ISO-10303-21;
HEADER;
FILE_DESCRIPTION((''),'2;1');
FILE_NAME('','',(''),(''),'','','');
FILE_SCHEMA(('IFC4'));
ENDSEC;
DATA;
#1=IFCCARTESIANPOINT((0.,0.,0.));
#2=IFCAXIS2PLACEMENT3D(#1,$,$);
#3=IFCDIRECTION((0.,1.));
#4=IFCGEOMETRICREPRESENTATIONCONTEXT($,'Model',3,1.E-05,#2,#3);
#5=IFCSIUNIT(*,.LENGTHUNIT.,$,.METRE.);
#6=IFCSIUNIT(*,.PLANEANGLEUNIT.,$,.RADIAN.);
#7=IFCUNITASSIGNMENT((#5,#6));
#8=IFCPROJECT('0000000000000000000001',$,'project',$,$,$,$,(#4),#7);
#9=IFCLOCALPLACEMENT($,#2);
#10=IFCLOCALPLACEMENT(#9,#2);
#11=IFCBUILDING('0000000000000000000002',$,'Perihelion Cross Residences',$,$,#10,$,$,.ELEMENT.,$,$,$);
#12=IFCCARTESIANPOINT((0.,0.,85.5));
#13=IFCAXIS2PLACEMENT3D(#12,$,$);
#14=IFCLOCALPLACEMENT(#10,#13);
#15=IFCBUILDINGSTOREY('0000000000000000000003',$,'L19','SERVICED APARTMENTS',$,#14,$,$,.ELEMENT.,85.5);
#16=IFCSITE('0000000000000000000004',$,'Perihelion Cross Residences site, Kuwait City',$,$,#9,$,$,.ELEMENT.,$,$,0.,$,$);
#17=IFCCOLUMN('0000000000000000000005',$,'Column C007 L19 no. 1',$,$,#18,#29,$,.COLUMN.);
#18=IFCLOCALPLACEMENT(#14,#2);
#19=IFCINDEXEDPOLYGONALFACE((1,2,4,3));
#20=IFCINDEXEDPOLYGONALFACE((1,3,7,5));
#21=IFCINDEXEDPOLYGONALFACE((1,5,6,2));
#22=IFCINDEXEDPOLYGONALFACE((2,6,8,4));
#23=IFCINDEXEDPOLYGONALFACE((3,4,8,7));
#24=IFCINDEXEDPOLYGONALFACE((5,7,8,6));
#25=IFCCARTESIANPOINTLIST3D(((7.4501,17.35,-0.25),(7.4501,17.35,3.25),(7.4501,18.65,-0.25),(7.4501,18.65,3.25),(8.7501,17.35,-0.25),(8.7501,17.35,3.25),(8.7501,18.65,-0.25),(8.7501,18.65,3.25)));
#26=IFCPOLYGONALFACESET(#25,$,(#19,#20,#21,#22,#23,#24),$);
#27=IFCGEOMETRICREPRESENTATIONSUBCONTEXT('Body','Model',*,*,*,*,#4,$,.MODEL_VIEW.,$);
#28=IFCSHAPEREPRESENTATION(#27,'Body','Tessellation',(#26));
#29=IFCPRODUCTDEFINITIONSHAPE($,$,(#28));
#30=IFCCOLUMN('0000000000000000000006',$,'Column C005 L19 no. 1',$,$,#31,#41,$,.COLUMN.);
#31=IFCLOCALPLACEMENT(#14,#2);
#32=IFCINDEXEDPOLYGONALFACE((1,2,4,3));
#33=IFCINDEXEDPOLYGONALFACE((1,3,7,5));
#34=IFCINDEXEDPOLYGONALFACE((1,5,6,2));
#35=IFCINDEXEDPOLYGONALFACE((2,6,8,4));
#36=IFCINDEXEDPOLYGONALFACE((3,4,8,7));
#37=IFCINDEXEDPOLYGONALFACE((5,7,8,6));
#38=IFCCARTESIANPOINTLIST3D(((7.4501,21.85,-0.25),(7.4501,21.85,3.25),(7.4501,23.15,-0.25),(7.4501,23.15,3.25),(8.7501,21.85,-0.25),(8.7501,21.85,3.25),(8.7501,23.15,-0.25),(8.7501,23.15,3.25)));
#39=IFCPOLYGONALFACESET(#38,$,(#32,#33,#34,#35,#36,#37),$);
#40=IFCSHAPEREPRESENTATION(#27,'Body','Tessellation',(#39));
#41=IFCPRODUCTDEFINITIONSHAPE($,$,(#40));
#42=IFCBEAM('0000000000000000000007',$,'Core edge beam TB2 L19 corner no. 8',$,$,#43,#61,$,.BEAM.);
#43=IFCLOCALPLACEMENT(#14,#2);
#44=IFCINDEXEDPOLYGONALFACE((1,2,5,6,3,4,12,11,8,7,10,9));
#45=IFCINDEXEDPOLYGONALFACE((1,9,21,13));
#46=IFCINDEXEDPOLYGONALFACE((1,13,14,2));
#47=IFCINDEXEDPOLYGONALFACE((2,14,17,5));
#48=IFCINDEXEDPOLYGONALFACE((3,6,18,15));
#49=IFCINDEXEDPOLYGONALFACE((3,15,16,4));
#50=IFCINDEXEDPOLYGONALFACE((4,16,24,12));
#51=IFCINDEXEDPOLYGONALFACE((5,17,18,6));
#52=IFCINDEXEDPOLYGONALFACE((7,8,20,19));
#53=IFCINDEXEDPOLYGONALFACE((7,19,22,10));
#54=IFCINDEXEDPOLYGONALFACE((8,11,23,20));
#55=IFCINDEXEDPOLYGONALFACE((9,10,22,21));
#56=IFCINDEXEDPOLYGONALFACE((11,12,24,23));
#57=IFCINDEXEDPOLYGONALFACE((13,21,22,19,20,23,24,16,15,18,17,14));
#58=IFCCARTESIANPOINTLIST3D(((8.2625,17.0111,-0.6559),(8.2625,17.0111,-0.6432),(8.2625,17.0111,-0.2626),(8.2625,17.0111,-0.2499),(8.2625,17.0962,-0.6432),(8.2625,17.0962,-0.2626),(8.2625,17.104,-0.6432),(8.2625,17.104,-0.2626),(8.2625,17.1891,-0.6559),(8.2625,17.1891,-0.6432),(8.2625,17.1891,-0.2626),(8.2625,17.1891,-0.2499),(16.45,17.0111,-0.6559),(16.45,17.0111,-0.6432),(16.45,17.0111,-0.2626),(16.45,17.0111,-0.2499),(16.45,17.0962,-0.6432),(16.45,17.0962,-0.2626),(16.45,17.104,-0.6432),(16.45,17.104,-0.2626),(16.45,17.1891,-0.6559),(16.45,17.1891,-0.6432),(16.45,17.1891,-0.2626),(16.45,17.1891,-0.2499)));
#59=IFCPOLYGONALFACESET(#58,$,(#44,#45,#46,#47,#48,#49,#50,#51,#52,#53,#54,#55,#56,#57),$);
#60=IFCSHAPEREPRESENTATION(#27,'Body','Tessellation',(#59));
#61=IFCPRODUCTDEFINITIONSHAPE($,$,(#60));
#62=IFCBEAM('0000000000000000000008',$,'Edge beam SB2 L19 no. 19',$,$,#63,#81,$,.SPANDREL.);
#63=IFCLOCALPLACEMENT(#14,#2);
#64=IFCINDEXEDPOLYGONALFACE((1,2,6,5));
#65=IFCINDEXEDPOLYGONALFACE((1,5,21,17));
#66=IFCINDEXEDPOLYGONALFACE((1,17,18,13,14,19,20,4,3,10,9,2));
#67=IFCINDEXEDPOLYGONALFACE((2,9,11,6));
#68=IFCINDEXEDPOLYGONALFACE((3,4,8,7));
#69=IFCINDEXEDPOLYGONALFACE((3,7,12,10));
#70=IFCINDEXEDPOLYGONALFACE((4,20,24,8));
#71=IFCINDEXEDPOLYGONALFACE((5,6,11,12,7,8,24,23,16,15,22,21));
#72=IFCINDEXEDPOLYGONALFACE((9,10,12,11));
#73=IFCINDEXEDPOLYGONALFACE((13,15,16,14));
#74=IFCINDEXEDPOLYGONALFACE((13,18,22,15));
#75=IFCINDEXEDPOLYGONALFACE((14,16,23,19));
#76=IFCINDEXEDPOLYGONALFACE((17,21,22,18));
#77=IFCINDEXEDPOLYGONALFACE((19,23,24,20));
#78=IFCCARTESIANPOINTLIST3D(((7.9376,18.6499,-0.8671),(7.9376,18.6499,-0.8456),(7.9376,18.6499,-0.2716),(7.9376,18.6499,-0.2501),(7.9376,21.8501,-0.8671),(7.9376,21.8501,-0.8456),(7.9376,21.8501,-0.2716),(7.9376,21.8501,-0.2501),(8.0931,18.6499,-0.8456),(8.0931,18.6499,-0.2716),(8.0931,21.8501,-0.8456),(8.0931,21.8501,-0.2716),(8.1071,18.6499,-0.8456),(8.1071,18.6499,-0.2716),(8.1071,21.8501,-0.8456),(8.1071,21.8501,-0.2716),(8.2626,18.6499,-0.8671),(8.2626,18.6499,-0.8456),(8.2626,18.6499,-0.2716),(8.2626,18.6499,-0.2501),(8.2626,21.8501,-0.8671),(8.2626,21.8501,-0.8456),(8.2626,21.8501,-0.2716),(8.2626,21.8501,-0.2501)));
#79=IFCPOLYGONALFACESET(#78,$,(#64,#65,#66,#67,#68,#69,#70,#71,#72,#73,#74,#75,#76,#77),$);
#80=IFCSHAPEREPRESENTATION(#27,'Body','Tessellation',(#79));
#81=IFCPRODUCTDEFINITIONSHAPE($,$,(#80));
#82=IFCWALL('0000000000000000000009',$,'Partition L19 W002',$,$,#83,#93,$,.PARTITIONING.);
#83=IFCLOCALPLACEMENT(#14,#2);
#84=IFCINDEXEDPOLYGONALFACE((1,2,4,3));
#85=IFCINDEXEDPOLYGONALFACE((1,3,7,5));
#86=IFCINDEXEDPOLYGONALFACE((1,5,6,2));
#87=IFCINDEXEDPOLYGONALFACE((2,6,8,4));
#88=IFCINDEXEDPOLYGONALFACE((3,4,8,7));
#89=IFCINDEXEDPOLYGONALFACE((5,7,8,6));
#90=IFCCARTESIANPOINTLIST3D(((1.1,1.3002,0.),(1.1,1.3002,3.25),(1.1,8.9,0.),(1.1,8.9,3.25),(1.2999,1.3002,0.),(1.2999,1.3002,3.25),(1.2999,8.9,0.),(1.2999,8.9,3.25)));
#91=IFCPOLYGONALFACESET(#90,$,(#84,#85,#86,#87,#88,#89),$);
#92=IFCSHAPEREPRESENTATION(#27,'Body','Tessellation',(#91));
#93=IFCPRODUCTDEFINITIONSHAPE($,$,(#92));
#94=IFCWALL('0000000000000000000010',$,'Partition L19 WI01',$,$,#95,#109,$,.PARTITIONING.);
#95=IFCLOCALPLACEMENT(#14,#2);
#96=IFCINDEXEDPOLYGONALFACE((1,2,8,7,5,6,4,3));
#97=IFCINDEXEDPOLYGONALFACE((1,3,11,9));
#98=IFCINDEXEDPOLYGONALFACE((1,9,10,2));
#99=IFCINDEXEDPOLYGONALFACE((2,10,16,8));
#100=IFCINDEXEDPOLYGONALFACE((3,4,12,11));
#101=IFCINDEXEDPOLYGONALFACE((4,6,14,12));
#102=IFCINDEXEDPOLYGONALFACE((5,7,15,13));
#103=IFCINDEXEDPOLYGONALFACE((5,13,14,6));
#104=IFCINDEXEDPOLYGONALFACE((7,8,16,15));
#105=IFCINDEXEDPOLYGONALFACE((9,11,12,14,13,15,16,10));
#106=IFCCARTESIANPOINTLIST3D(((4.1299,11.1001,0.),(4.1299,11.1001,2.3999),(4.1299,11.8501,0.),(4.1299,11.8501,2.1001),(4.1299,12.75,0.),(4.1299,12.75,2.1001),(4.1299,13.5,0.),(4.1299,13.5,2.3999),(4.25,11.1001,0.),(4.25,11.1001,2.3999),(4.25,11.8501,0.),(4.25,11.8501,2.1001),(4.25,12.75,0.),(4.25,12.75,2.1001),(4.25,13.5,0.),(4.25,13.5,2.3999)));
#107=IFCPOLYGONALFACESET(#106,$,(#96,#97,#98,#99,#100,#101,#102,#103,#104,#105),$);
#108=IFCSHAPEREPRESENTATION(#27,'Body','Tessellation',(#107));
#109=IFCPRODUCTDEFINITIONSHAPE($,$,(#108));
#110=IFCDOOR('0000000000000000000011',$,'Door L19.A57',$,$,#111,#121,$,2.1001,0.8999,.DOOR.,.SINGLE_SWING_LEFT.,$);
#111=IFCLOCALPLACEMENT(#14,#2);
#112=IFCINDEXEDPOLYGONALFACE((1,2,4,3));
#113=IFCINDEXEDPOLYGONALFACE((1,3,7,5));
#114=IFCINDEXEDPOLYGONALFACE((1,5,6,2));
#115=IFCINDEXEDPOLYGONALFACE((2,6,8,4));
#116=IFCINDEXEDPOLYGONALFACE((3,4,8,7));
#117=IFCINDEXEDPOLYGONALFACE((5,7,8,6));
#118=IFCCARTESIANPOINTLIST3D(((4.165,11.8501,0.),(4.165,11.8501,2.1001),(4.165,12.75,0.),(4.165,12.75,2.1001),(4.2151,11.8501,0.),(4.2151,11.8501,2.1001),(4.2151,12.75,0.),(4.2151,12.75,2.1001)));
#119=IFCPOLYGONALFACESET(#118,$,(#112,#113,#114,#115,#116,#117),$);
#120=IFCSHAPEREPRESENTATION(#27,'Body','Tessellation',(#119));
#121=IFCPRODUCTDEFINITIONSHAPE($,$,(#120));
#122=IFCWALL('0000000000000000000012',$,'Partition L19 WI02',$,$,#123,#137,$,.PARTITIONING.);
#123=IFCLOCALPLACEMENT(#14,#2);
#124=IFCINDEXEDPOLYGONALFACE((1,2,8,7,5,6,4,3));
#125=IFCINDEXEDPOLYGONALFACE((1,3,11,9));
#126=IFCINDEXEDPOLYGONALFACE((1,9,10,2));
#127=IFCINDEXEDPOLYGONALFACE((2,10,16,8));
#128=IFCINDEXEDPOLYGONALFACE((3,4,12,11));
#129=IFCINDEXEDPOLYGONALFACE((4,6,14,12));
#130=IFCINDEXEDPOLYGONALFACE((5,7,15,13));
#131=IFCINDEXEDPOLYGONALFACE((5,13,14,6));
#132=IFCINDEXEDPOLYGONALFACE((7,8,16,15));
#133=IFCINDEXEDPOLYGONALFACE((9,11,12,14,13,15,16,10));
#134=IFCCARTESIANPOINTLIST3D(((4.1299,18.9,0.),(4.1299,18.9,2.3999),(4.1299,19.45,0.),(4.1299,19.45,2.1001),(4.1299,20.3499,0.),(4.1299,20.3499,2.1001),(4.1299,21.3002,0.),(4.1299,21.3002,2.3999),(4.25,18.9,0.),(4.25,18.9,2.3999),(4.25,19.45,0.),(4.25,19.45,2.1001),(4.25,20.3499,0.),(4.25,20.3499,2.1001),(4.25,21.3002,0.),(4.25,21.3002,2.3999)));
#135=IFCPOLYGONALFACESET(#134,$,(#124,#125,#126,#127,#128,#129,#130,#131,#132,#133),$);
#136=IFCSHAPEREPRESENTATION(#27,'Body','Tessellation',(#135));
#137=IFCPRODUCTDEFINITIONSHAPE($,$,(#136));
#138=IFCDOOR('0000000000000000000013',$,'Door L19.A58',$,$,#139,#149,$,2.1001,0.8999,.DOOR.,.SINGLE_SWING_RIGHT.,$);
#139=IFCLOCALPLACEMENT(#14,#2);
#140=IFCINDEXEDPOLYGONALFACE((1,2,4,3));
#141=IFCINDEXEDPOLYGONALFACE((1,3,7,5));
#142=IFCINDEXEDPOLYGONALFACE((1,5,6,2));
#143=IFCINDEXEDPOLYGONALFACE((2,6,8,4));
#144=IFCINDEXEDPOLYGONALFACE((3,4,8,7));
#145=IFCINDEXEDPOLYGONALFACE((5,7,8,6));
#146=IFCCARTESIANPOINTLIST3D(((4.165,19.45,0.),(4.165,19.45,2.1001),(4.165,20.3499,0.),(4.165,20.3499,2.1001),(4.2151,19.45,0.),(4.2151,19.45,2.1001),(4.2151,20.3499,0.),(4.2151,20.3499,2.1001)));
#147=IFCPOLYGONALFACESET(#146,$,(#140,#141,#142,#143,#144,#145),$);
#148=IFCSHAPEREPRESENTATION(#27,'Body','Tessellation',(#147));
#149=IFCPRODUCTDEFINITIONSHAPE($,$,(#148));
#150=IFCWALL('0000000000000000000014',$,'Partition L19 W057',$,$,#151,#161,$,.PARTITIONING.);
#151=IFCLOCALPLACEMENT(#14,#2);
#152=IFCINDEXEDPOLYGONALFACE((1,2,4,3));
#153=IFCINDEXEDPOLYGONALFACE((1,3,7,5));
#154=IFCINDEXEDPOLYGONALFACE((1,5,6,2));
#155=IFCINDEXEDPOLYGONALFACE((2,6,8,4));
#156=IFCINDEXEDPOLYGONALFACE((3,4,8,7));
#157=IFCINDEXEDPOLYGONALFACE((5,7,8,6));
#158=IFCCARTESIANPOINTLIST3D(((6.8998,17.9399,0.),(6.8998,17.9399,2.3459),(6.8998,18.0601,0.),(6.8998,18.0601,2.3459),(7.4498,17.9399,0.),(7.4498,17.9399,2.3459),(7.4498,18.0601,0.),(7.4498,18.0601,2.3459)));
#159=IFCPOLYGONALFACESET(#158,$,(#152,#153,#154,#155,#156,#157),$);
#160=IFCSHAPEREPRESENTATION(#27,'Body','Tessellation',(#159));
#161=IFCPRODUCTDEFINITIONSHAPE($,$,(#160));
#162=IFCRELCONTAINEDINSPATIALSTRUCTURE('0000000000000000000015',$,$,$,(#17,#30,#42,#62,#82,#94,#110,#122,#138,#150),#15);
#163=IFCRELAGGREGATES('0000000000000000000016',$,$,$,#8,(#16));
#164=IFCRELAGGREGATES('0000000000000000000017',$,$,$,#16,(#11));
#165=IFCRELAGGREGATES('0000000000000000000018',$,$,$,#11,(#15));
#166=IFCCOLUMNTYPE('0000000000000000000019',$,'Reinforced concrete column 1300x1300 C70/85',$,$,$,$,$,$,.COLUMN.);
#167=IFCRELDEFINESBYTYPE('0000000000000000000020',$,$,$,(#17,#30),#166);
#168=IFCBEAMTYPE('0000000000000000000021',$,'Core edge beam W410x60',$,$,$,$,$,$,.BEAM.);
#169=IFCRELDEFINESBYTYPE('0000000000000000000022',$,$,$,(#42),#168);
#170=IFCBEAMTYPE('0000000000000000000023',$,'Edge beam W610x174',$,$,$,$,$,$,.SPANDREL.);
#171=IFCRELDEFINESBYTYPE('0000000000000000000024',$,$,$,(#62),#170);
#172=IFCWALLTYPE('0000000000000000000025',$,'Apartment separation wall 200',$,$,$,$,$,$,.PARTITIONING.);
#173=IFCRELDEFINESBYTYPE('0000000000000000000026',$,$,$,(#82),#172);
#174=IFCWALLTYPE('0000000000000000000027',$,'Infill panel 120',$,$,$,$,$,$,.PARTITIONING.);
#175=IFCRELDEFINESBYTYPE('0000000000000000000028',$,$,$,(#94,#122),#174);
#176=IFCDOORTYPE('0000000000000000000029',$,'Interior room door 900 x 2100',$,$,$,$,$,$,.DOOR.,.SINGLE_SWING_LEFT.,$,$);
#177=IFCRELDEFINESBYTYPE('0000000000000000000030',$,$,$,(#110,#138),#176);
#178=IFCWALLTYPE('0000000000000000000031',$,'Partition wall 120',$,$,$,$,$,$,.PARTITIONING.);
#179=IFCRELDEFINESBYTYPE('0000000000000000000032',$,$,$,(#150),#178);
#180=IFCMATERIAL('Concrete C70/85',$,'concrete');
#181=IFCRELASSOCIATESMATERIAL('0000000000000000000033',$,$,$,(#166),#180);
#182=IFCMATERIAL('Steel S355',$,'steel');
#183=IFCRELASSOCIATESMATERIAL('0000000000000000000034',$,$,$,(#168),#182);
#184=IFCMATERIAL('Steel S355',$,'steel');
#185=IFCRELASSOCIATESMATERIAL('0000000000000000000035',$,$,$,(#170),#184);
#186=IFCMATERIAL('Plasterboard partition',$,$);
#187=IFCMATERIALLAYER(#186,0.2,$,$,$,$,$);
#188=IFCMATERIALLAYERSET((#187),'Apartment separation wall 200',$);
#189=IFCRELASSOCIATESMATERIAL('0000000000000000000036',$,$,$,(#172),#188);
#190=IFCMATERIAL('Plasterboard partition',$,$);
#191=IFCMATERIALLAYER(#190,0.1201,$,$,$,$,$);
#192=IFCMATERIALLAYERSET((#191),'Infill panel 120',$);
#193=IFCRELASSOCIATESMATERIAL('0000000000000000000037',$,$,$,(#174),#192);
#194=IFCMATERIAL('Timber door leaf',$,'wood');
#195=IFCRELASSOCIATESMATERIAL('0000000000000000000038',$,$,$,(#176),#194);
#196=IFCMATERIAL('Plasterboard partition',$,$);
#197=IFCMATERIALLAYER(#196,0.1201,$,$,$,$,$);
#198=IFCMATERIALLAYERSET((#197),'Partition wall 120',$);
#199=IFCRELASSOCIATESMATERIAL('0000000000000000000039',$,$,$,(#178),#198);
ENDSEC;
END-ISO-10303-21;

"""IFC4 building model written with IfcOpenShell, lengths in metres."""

from ifc_helpers import new_model, si_unit, direction, frame, frame_2d, origin, origin_2d, place, context, subcontext, project, spatial, rectangle, i_section, extrude, material, layer, layer_set, material_profile, profile_set, type_object, element, fill, save


model = new_model("IFC4")

# Units and contexts
model_context = context("Model", 3, precision=1e-05, world=origin(), true_north=direction((0.0, 1.0)))
body_context = subcontext(model_context, "Body", "Model", "MODEL_VIEW")
ifc_project = project(units=[si_unit("LENGTHUNIT", "METRE"), si_unit("PLANEANGLEUNIT", "RADIAN")], contexts=[model_context])

# Site, building, storey
site_placement = place(None, origin())
site = spatial("IfcSite", under=ifc_project, at=site_placement, Name="Perihelion Cross Residences site, Kuwait City", CompositionType="ELEMENT", RefElevation=0.0)
building_placement = place(site_placement, origin())
building = spatial("IfcBuilding", under=site, at=building_placement, Name="Perihelion Cross Residences", CompositionType="ELEMENT")
storey_placement = place(building_placement, frame((0.0, 0.0, 85.5)))
storey = spatial("IfcBuildingStorey", under=building, at=storey_placement, Name="L19", Description="SERVICED APARTMENTS", CompositionType="ELEMENT", Elevation=85.5)

# Columns
ifc_material_1 = material(Name="Concrete C70/85", Category="concrete")
ifc_material_profile_1 = material_profile(ifc_material_1, rectangle(XDim=1.3, YDim=1.3, at=origin_2d()), Name="RC 1300x1300")
ifc_profile_set_1 = profile_set([ifc_material_profile_1], Name="Concrete C70/85")
column_type = type_object("IfcColumnType", Name="Reinforced concrete column 1300x1300 C70/85", PredefinedType="COLUMN", material=ifc_profile_set_1)
for number, where, z_axis, x_axis, name in (
    (1, (8.1001, 18.0, -0.25), (0.0, 0.0, 1.0), (1.0, 0.0, 0.0), "Column C007 L19 no. 1"),
    (2, (8.1001, 22.5, -0.25), (0.0, 0.0, 1.0), (1.0, 0.0, 0.0), "Column C005 L19 no. 1"),
):
    element("IfcColumn", number, at=place(storey_placement, frame(where, z_axis=z_axis, x_axis=x_axis)), inside=storey, type_object=column_type, Name=name, PredefinedType="COLUMN", context=body_context, shape_type="SweptSolid", body=[
        extrude(rectangle(XDim=1.3, YDim=1.3, at=origin_2d()), origin(), (0.0, 0.0, 1.0), 3.5),
    ])

# Beams
ifc_material_2 = material(Name="Steel S355", Category="steel")
ifc_material_profile_2 = material_profile(ifc_material_2, i_section(OverallWidth=0.178, OverallDepth=0.406, WebThickness=0.0078, FlangeThickness=0.0127, at=origin_2d()), Name="W410x60")
ifc_profile_set_2 = profile_set([ifc_material_profile_2], Name="Steel S355")
beam_type_1 = type_object("IfcBeamType", Name="Core edge beam W410x60", PredefinedType="BEAM", material=ifc_profile_set_2)
beam_1_placement = place(storey_placement, frame((8.2625, 17.1001, -0.4529), z_axis=(1.0, 0.0, 0.0), x_axis=(0.0, 1.0, 0.0)))
element("IfcBeam", 3, at=beam_1_placement, inside=storey, type_object=beam_type_1, Name="Core edge beam TB2 L19 corner no. 8", PredefinedType="BEAM", context=body_context, shape_type="SweptSolid", body=[
    extrude(i_section(OverallWidth=0.178, OverallDepth=0.406, WebThickness=0.0078, FlangeThickness=0.0127, at=origin_2d()), origin(), (0.0, 0.0, 1.0), 8.1875),
])
ifc_material_3 = material(Name="Steel S355", Category="steel")
ifc_material_profile_3 = material_profile(ifc_material_3, i_section(OverallWidth=0.325, OverallDepth=0.6169, WebThickness=0.0139, FlangeThickness=0.0215, at=origin_2d()), Name="W610x174")
ifc_profile_set_3 = profile_set([ifc_material_profile_3], Name="Steel S355")
beam_type_2 = type_object("IfcBeamType", Name="Edge beam W610x174", PredefinedType="SPANDREL", material=ifc_profile_set_3)
beam_2_placement = place(storey_placement, frame((8.1001, 18.6499, -0.5586), z_axis=(0.0, 1.0, 0.0), x_axis=(-1.0, 0.0, 0.0)))
element("IfcBeam", 4, at=beam_2_placement, inside=storey, type_object=beam_type_2, Name="Edge beam SB2 L19 no. 19", PredefinedType="SPANDREL", context=body_context, shape_type="SweptSolid", body=[
    extrude(i_section(OverallWidth=0.325, OverallDepth=0.6169, WebThickness=0.0139, FlangeThickness=0.0215, at=origin_2d()), origin(), (0.0, 0.0, 1.0), 3.2002),
])

# Wall
ifc_material_4 = material(Name="Plasterboard partition")
ifc_layer_1 = layer(ifc_material_4, 0.2)
ifc_layer_set_1 = layer_set([ifc_layer_1], Name="Apartment separation wall 200")
wall_type_1 = type_object("IfcWallType", Name="Apartment separation wall 200", PredefinedType="PARTITIONING", material=ifc_layer_set_1)
wall_1_placement = place(storey_placement, frame((1.2, 8.8999, 0.0), z_axis=(0.0, 0.0, 1.0), x_axis=(0.0, -1.0, 0.0)))
element("IfcWall", 5, at=wall_1_placement, inside=storey, type_object=wall_type_1, Name="Partition L19 W002", PredefinedType="PARTITIONING", context=body_context, shape_type="SweptSolid", body=[
    extrude(rectangle(XDim=7.5999, YDim=0.2, at=frame_2d((3.7998, 0.0))), origin(), (0.0, 0.0, 1.0), 3.25),
])

# Walls, openings, doors
ifc_material_5 = material(Name="Plasterboard partition")
ifc_layer_2 = layer(ifc_material_5, 0.1201)
ifc_layer_set_2 = layer_set([ifc_layer_2], Name="Infill panel 120")
wall_type_2 = type_object("IfcWallType", Name="Infill panel 120", PredefinedType="PARTITIONING", material=ifc_layer_set_2)
wall_2_placement = place(storey_placement, frame((4.1899, 11.1001, 0.0), z_axis=(0.0, 0.0, 1.0), x_axis=(0.0, 1.0, 0.0)))
wall_2 = element("IfcWall", 6, at=wall_2_placement, inside=storey, type_object=wall_type_2, Name="Partition L19 WI01", PredefinedType="PARTITIONING", context=body_context, shape_type="SweptSolid", body=[
    extrude(rectangle(XDim=2.3999, YDim=0.1201, at=frame_2d((1.2, 0.0))), origin(), (0.0, 0.0, 1.0), 2.3999),
])
opening_1_placement = place(wall_2_placement, frame((0.75, 0.0, 0.0)))
opening_1 = element("IfcOpeningElement", 7, at=opening_1_placement, cuts=wall_2, PredefinedType="OPENING", context=body_context, shape_type="SweptSolid", body=[
    extrude(rectangle(XDim=0.8999, YDim=2.1001, at=frame_2d((0.45, 1.05))), frame((0.0, 0.0701, 0.0), z_axis=(0.0, -1.0, 0.0), x_axis=(1.0, 0.0, 0.0)), (0.0, 0.0, 1.0), 0.1401),
])
ifc_material_6 = material(Name="Timber door leaf", Category="wood")
door_type_1 = type_object("IfcDoorType", Name="Interior room door 900 x 2100", OperationType="SINGLE_SWING_LEFT", PredefinedType="DOOR", material=ifc_material_6)
door_1_placement = place(opening_1_placement, origin())
door_1 = element("IfcDoor", 8, at=door_1_placement, inside=storey, type_object=door_type_1, Name="Door L19.A57", OperationType="SINGLE_SWING_LEFT", OverallHeight=2.1001, OverallWidth=0.8999, PredefinedType="DOOR", context=body_context, shape_type="SweptSolid", body=[
    extrude(rectangle(XDim=0.8999, YDim=2.1001, at=frame_2d((0.45, 1.05))), frame((0.0, 0.0249, 0.0), z_axis=(0.0, -1.0, 0.0), x_axis=(1.0, 0.0, 0.0)), (0.0, 0.0, 1.0), 0.05),
])
fill(opening_1, door_1)
wall_3_placement = place(storey_placement, frame((4.1899, 18.8999, 0.0), z_axis=(0.0, 0.0, 1.0), x_axis=(0.0, 1.0, 0.0)))
wall_3 = element("IfcWall", 9, at=wall_3_placement, inside=storey, type_object=wall_type_2, Name="Partition L19 WI02", PredefinedType="PARTITIONING", context=body_context, shape_type="SweptSolid", body=[
    extrude(rectangle(XDim=2.4001, YDim=0.1201, at=frame_2d((1.2002, 0.0))), origin(), (0.0, 0.0, 1.0), 2.3999),
])
opening_2_placement = place(wall_3_placement, frame((0.55, 0.0, 0.0)))
opening_2 = element("IfcOpeningElement", 10, at=opening_2_placement, cuts=wall_3, PredefinedType="OPENING", context=body_context, shape_type="SweptSolid", body=[
    extrude(rectangle(XDim=0.8999, YDim=2.1001, at=frame_2d((0.45, 1.05))), frame((0.0, 0.0701, 0.0), z_axis=(0.0, -1.0, 0.0), x_axis=(1.0, 0.0, 0.0)), (0.0, 0.0, 1.0), 0.1401),
])
door_2_placement = place(opening_2_placement, origin())
door_2 = element("IfcDoor", 11, at=door_2_placement, inside=storey, type_object=door_type_1, Name="Door L19.A58", OperationType="SINGLE_SWING_RIGHT", OverallHeight=2.1001, OverallWidth=0.8999, PredefinedType="DOOR", context=body_context, shape_type="SweptSolid", body=[
    extrude(rectangle(XDim=0.8999, YDim=2.1001, at=frame_2d((0.45, 1.05))), frame((0.0, 0.0249, 0.0), z_axis=(0.0, -1.0, 0.0), x_axis=(1.0, 0.0, 0.0)), (0.0, 0.0, 1.0), 0.05),
])
fill(opening_2, door_2)

# Wall
ifc_material_7 = material(Name="Plasterboard partition")
ifc_layer_3 = layer(ifc_material_7, 0.1201)
ifc_layer_set_3 = layer_set([ifc_layer_3], Name="Partition wall 120")
wall_type_3 = type_object("IfcWallType", Name="Partition wall 120", PredefinedType="PARTITIONING", material=ifc_layer_set_3)
wall_4_placement = place(storey_placement, frame((6.8999, 18.0, 0.0), z_axis=(0.0, 0.0, 1.0), x_axis=(1.0, 0.0, 0.0)))
element("IfcWall", 12, at=wall_4_placement, inside=storey, type_object=wall_type_3, Name="Partition L19 W057", PredefinedType="PARTITIONING", context=body_context, shape_type="SweptSolid", body=[
    extrude(rectangle(XDim=0.55, YDim=0.1201, at=frame_2d((0.2749, 0.0))), origin(), (0.0, 0.0, 1.0), 2.3459),
])

save(model, "model.ifc")
